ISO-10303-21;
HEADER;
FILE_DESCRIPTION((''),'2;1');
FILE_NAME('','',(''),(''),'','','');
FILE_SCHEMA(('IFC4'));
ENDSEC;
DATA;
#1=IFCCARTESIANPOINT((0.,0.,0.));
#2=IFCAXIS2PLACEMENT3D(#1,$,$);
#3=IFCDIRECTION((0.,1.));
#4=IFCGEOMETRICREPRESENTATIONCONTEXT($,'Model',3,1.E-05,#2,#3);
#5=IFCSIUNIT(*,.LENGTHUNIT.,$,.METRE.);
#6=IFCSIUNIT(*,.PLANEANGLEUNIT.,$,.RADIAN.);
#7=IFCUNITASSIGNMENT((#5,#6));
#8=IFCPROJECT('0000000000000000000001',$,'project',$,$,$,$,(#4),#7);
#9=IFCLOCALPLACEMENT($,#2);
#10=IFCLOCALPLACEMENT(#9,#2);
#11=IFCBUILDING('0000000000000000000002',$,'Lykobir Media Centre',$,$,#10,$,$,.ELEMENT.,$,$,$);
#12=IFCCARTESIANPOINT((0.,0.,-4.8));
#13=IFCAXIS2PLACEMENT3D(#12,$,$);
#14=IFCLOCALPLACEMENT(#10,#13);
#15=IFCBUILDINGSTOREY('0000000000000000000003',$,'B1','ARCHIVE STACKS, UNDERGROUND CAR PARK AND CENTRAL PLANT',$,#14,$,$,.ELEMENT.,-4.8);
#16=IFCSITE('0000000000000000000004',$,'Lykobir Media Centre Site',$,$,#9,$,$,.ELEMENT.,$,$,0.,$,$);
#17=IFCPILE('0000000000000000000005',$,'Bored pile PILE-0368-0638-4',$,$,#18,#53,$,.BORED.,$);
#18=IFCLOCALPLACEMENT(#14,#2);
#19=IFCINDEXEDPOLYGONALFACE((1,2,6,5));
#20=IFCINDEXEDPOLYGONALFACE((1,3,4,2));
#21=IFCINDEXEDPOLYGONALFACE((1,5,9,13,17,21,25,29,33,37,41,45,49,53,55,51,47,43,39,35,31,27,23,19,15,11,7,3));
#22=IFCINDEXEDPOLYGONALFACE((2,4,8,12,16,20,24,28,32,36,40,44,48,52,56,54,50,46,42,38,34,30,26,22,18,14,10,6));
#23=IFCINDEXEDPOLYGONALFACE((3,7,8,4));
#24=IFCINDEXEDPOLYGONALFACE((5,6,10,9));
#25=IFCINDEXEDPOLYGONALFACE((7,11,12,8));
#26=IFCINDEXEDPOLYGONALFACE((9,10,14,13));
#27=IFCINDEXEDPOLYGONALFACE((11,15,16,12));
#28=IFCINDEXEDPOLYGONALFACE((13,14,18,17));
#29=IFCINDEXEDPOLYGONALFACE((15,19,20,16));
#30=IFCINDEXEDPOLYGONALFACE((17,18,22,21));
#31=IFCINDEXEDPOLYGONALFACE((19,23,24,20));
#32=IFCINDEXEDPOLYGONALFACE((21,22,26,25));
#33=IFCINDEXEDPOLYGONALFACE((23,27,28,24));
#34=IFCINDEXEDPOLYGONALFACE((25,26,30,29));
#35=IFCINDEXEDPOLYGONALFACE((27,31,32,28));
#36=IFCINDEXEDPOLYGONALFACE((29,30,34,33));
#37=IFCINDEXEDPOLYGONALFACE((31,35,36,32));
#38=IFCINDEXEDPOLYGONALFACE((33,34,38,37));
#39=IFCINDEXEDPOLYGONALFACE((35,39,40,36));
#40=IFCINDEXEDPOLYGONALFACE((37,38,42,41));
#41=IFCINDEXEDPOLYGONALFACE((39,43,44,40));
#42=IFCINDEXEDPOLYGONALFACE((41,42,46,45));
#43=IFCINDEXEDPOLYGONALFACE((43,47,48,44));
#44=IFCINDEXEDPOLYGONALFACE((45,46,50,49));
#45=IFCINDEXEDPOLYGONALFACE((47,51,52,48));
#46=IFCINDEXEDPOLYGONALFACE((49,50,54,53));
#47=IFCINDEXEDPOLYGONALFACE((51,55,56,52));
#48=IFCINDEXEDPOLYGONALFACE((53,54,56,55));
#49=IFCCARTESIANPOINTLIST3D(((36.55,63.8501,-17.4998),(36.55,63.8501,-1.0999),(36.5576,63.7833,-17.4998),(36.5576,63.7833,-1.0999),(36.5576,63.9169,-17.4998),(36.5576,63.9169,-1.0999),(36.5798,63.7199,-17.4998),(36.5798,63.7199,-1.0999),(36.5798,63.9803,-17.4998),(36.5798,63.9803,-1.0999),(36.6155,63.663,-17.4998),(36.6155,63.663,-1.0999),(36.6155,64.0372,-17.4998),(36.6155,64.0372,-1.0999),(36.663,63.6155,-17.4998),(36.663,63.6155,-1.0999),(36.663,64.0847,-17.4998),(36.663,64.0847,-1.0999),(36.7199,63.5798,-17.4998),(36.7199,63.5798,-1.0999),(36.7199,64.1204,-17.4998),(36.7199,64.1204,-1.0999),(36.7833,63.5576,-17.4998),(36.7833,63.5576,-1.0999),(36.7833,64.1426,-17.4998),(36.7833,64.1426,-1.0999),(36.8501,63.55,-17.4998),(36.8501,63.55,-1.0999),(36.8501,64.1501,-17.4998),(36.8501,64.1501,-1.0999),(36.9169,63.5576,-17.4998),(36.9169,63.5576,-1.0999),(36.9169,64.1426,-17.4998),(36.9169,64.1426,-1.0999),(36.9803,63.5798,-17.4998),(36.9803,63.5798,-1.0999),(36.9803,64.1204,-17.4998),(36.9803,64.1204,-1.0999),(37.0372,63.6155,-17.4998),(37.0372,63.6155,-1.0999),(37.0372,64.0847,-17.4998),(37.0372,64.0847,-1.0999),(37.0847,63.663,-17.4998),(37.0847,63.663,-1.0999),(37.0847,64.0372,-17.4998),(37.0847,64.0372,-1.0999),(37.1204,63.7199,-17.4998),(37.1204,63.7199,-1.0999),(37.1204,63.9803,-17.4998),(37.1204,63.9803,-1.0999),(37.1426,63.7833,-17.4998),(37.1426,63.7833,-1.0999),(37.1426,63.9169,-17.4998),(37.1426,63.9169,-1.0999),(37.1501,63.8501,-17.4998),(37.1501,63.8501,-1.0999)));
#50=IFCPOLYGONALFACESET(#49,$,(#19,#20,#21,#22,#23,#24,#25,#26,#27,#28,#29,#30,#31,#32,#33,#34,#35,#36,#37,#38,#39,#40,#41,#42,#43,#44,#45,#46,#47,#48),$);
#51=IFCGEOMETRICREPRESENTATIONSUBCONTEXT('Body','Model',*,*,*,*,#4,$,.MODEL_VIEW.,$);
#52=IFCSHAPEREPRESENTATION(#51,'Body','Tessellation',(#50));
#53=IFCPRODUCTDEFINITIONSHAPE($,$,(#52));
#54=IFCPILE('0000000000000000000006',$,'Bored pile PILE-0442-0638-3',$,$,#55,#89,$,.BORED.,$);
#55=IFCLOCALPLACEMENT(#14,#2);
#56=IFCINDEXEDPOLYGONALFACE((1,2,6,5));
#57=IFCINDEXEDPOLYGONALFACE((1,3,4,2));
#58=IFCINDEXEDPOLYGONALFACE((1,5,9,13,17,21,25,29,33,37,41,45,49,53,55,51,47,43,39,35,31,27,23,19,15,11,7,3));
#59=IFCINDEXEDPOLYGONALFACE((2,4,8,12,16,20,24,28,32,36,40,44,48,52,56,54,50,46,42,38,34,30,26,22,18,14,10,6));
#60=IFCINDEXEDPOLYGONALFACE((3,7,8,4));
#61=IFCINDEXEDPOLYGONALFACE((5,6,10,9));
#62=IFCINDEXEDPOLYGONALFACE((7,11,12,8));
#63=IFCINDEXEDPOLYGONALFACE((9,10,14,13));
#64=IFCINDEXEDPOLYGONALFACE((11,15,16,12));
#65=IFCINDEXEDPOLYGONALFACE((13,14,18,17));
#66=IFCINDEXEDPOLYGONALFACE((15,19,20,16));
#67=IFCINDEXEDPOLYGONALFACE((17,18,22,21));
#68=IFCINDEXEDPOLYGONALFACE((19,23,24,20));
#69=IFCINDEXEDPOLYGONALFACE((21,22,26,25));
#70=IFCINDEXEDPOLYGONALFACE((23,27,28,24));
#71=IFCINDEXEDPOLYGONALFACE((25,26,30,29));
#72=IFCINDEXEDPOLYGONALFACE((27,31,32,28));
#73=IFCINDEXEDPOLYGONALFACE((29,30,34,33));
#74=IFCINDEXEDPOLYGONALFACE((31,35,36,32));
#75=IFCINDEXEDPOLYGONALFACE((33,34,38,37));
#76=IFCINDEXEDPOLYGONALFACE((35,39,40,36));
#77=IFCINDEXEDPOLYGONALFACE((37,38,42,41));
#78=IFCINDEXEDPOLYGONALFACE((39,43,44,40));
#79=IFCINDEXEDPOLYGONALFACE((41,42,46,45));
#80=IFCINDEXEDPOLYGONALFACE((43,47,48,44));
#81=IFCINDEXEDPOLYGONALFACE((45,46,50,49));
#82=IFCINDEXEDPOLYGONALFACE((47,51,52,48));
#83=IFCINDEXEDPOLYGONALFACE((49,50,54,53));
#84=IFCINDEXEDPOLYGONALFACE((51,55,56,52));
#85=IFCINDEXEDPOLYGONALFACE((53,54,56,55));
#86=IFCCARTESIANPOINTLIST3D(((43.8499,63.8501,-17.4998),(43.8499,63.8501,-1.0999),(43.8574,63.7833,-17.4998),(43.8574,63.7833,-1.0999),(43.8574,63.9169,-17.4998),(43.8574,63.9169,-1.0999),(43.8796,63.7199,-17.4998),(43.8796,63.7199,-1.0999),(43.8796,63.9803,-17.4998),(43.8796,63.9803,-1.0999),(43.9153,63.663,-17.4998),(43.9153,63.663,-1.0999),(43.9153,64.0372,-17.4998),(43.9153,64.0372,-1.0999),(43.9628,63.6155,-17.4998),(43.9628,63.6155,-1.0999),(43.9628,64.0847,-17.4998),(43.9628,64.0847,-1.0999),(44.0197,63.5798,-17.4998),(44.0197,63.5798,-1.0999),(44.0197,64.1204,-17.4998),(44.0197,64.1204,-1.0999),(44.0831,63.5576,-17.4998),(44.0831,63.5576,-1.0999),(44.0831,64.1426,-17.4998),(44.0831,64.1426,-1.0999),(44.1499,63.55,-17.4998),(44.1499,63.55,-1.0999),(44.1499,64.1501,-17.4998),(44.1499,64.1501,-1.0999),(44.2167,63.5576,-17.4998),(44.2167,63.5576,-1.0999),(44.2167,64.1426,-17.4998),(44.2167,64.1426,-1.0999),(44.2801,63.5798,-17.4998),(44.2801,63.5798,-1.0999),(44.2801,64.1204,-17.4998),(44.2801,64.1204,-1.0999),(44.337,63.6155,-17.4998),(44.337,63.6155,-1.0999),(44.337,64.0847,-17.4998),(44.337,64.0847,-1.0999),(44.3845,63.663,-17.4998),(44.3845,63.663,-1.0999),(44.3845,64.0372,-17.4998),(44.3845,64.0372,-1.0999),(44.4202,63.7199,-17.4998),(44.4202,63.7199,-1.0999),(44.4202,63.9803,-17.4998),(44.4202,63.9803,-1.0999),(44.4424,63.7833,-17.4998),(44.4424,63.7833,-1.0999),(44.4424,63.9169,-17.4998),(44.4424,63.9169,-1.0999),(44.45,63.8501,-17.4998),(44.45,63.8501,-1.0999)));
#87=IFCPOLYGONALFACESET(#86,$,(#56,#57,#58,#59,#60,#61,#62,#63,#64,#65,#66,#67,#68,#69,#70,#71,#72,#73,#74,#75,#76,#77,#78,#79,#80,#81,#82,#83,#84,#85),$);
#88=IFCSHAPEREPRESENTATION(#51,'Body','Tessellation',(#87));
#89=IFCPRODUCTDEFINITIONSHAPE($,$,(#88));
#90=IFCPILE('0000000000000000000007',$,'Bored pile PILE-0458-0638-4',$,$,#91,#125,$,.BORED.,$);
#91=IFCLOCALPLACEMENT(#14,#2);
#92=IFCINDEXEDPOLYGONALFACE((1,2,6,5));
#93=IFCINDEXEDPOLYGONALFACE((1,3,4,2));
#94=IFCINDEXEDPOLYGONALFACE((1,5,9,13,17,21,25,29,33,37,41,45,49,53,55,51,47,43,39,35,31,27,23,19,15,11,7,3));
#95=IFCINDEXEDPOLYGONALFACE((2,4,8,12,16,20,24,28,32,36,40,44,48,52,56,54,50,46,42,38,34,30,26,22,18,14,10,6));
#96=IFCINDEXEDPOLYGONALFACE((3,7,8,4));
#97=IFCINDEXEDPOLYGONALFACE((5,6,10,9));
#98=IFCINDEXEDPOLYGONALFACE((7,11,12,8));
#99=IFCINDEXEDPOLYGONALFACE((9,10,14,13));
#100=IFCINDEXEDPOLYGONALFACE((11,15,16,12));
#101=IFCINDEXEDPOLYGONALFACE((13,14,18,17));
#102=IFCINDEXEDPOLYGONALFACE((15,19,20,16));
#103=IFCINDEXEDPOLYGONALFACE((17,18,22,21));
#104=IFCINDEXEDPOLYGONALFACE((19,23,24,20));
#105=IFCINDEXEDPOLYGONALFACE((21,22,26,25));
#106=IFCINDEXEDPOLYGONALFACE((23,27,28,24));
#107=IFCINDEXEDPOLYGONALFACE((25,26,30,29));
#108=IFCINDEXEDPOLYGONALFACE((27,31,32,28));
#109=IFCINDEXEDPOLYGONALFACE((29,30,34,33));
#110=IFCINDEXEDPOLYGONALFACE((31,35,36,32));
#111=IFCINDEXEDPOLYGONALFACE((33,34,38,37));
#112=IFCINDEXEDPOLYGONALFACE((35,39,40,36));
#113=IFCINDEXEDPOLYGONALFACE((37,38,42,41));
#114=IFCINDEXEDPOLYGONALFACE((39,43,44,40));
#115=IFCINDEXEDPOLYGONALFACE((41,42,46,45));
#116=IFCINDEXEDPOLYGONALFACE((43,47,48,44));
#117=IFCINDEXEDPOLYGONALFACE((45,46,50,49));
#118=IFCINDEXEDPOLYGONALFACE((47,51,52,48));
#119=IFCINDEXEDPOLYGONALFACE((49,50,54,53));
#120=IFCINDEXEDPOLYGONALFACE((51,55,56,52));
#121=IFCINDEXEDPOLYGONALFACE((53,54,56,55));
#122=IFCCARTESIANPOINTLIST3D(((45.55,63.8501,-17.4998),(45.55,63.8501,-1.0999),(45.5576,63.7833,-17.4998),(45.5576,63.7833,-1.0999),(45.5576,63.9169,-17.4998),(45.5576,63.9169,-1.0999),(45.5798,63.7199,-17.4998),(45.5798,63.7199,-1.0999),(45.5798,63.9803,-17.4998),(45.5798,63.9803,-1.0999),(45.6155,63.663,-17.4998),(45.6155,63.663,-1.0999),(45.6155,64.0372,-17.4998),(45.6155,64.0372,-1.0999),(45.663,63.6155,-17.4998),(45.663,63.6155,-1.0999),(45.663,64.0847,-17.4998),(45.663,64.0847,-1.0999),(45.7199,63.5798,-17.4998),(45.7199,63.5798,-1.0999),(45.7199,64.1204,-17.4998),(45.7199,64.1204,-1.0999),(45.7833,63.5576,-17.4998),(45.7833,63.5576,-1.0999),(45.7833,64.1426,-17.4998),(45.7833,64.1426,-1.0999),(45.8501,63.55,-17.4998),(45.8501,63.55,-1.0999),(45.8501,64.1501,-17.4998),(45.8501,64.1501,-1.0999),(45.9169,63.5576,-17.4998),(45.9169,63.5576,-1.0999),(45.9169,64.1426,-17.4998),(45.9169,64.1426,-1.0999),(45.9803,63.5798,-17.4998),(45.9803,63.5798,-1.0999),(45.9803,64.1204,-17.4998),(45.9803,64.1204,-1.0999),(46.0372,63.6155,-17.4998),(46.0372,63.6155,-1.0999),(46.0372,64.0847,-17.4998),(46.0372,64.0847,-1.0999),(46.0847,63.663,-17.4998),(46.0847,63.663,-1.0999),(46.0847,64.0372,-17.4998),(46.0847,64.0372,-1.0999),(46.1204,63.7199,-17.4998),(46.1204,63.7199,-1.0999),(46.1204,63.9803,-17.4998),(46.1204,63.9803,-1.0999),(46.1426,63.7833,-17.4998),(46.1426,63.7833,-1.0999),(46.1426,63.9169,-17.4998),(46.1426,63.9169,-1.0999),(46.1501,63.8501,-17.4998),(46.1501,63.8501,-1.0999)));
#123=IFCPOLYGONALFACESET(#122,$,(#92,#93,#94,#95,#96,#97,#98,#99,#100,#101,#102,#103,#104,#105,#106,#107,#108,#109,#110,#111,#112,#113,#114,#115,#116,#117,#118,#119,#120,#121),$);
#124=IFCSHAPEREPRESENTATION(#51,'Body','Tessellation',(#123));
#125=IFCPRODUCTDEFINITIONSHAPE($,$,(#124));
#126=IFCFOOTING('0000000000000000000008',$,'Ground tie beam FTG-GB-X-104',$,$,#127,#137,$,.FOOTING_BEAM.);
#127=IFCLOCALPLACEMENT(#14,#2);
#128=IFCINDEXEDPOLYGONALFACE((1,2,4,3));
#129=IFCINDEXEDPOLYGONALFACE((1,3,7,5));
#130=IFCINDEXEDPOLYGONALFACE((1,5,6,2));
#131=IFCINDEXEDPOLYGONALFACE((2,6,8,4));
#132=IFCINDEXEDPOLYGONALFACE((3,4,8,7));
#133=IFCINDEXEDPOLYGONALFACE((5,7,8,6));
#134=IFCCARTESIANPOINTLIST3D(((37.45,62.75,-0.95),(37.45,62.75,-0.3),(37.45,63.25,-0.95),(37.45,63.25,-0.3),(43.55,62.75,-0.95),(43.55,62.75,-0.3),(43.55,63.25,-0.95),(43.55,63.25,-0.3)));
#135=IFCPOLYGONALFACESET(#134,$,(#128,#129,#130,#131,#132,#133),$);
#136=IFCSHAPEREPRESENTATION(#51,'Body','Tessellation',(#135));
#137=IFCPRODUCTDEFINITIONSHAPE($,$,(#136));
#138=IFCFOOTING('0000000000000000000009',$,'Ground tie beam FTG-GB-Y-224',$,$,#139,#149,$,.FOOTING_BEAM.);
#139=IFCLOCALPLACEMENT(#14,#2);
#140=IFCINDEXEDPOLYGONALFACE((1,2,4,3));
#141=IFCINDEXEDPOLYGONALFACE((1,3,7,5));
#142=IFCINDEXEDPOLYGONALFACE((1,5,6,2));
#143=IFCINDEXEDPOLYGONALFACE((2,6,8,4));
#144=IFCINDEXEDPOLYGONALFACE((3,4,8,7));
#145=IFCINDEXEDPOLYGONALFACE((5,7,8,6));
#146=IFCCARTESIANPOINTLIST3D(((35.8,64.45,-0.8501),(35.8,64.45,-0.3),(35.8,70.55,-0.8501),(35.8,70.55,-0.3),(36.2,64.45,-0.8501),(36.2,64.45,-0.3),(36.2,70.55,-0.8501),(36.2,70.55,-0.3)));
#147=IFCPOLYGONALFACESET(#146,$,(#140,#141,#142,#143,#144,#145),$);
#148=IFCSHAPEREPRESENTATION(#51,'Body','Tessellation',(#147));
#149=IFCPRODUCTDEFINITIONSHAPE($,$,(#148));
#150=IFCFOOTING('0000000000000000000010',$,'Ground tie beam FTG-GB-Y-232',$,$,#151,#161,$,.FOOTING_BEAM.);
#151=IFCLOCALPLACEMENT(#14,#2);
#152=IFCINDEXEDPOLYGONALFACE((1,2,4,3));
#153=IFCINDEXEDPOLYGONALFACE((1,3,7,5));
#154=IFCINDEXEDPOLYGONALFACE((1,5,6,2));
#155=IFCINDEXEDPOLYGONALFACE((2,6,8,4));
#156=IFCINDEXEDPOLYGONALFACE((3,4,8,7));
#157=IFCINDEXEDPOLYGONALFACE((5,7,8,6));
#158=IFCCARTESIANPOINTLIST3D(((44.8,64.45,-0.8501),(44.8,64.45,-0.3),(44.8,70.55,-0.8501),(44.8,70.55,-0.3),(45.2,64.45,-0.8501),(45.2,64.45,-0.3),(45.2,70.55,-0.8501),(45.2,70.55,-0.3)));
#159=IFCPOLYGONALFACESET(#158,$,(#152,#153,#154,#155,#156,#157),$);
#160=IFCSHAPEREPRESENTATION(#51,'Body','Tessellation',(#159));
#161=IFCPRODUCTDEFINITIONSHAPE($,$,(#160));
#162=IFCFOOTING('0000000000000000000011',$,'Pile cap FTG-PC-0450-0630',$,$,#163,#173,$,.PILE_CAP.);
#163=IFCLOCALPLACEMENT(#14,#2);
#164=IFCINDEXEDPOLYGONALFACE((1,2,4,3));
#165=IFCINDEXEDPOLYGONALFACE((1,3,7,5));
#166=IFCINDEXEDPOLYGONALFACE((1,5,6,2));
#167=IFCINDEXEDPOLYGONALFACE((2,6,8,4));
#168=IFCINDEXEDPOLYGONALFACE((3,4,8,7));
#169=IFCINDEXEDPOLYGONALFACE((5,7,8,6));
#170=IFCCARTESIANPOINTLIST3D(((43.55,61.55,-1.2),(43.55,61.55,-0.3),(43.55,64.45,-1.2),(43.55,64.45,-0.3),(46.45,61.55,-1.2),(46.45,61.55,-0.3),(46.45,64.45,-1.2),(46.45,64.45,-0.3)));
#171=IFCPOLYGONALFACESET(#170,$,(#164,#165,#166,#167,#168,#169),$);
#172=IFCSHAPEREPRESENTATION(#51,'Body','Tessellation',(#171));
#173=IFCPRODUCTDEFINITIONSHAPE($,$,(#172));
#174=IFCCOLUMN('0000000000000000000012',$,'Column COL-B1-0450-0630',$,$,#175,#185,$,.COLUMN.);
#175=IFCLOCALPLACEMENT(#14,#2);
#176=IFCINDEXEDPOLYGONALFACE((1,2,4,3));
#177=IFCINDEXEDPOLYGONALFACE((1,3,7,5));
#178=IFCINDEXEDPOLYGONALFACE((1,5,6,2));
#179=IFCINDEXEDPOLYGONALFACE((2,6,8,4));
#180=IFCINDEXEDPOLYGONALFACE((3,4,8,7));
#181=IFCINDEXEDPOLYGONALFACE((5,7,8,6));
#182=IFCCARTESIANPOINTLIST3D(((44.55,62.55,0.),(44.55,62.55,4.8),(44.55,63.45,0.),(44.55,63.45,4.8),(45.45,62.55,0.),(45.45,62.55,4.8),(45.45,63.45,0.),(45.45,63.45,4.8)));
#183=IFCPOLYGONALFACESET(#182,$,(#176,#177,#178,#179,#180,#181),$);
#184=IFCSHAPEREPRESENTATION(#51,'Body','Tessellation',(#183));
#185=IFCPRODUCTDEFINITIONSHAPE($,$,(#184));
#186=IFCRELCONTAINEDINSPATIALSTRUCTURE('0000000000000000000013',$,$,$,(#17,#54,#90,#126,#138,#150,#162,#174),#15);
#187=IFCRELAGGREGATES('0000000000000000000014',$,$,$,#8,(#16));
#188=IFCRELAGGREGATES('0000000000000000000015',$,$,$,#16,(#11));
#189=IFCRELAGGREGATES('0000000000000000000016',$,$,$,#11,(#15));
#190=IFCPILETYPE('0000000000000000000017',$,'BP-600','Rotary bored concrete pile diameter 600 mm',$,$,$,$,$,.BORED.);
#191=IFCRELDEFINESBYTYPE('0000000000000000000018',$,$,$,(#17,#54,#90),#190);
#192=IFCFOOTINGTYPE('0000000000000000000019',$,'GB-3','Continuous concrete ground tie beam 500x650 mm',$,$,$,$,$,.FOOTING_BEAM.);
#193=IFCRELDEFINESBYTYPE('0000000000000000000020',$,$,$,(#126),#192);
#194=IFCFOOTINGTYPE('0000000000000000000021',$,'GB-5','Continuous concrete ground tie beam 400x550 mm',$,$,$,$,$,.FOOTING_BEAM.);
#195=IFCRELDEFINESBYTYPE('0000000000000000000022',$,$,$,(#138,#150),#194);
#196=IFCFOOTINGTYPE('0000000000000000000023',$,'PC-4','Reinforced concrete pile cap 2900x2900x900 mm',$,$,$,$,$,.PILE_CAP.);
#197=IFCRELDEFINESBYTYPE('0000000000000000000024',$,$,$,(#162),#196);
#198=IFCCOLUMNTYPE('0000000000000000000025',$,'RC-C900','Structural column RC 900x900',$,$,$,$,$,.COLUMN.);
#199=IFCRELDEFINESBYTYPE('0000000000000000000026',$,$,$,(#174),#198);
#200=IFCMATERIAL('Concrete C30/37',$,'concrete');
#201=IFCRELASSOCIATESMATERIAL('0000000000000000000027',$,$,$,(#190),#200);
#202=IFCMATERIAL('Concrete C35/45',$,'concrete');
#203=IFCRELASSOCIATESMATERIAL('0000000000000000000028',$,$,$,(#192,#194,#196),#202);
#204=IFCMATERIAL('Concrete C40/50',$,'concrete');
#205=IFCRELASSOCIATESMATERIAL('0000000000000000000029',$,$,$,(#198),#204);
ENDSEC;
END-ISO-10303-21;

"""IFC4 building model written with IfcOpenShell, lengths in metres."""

from ifc_helpers import new_model, si_unit, direction, frame, origin, origin_2d, place, context, subcontext, project, spatial, rectangle, circle, extrude, material, material_profile, profile_set, type_object, element, save


model = new_model("IFC4")

# Units and contexts
model_context = context("Model", 3, precision=1e-05, world=origin(), true_north=direction((0.0, 1.0)))
body_context = subcontext(model_context, "Body", "Model", "MODEL_VIEW")
ifc_project = project(units=[si_unit("LENGTHUNIT", "METRE"), si_unit("PLANEANGLEUNIT", "RADIAN")], contexts=[model_context])

# Site, building, storey
site_placement = place(None, origin())
site = spatial("IfcSite", under=ifc_project, at=site_placement, Name="Lykobir Media Centre Site", CompositionType="ELEMENT", RefElevation=0.0)
building_placement = place(site_placement, origin())
building = spatial("IfcBuilding", under=site, at=building_placement, Name="Lykobir Media Centre", CompositionType="ELEMENT")
storey_placement = place(building_placement, frame((0.0, 0.0, -4.8)))
storey = spatial("IfcBuildingStorey", under=building, at=storey_placement, Name="B1", Description="ARCHIVE STACKS, UNDERGROUND CAR PARK AND CENTRAL PLANT", CompositionType="ELEMENT", Elevation=-4.8)

# Piles
ifc_material_1 = material(Name="Concrete C30/37", Category="concrete")
ifc_material_profile_1 = material_profile(ifc_material_1, circle(Radius=0.3, at=origin_2d()), Name="BORED PILE D600")
ifc_profile_set_1 = profile_set([ifc_material_profile_1], Name="Concrete C30/37")
pile_type = type_object("IfcPileType", Name="BP-600", Description="Rotary bored concrete pile diameter 600 mm", PredefinedType="BORED", material=ifc_profile_set_1)
for number, where, z_axis, x_axis, name in (
    (1, (36.8501, 63.8501, -1.0999), (0.0, 0.0, -1.0), (1.0, 0.0, 0.0), "Bored pile PILE-0368-0638-4"),
    (2, (44.1499, 63.8501, -1.0999), (0.0, 0.0, -1.0), (1.0, 0.0, 0.0), "Bored pile PILE-0442-0638-3"),
    (3, (45.8501, 63.8501, -1.0999), (0.0, 0.0, -1.0), (1.0, 0.0, 0.0), "Bored pile PILE-0458-0638-4"),
):
    element("IfcPile", number, at=place(storey_placement, frame(where, z_axis=z_axis, x_axis=x_axis)), inside=storey, type_object=pile_type, Name=name, PredefinedType="BORED", context=body_context, shape_type="SweptSolid", body=[
        extrude(circle(Radius=0.3, at=origin_2d()), origin(), (0.0, 0.0, 1.0), 16.3999),
    ])

# Footings
ifc_material_2 = material(Name="Concrete C35/45", Category="concrete")
footing_type_1 = type_object("IfcFootingType", Name="GB-3", Description="Continuous concrete ground tie beam 500x650 mm", PredefinedType="FOOTING_BEAM", material=ifc_material_2)
footing_1_placement = place(storey_placement, frame((40.5, 63.0, -0.95), z_axis=(0.0, 0.0, 1.0), x_axis=(1.0, 0.0, 0.0)))
element("IfcFooting", 4, at=footing_1_placement, inside=storey, type_object=footing_type_1, Name="Ground tie beam FTG-GB-X-104", PredefinedType="FOOTING_BEAM", context=body_context, shape_type="SweptSolid", body=[
    extrude(rectangle(XDim=6.1001, YDim=0.5, at=origin_2d()), origin(), (0.0, 0.0, 1.0), 0.6499),
])
footing_type_2 = type_object("IfcFootingType", Name="GB-5", Description="Continuous concrete ground tie beam 400x550 mm", PredefinedType="FOOTING_BEAM", material=ifc_material_2)
for number, where, z_axis, x_axis, name in (
    (5, (36.0, 67.5, -0.8501), (0.0, 0.0, 1.0), (0.0, 1.0, 0.0), "Ground tie beam FTG-GB-Y-224"),
    (6, (45.0, 67.5, -0.8501), (0.0, 0.0, 1.0), (0.0, 1.0, 0.0), "Ground tie beam FTG-GB-Y-232"),
):
    element("IfcFooting", number, at=place(storey_placement, frame(where, z_axis=z_axis, x_axis=x_axis)), inside=storey, type_object=footing_type_2, Name=name, PredefinedType="FOOTING_BEAM", context=body_context, shape_type="SweptSolid", body=[
        extrude(rectangle(XDim=6.1001, YDim=0.3999, at=origin_2d()), origin(), (0.0, 0.0, 1.0), 0.55),
    ])
footing_type_3 = type_object("IfcFootingType", Name="PC-4", Description="Reinforced concrete pile cap 2900x2900x900 mm", PredefinedType="PILE_CAP", material=ifc_material_2)
footing_2_placement = place(storey_placement, frame((45.0, 63.0, -1.2), z_axis=(0.0, 0.0, 1.0), x_axis=(1.0, 0.0, 0.0)))
element("IfcFooting", 7, at=footing_2_placement, inside=storey, type_object=footing_type_3, Name="Pile cap FTG-PC-0450-0630", PredefinedType="PILE_CAP", context=body_context, shape_type="SweptSolid", body=[
    extrude(rectangle(XDim=2.8999, YDim=2.8999, at=origin_2d()), origin(), (0.0, 0.0, 1.0), 0.8999),
])

# Column
ifc_material_3 = material(Name="Concrete C40/50", Category="concrete")
ifc_material_profile_2 = material_profile(ifc_material_3, rectangle(XDim=0.8999, YDim=0.8999, at=origin_2d()), Name="RC 900x900")
ifc_profile_set_2 = profile_set([ifc_material_profile_2], Name="Concrete C40/50")
column_type = type_object("IfcColumnType", Name="RC-C900", Description="Structural column RC 900x900", PredefinedType="COLUMN", material=ifc_profile_set_2)
column_placement = place(storey_placement, frame((45.0, 63.0, 0.0), z_axis=(0.0, 0.0, 1.0), x_axis=(1.0, 0.0, 0.0)))
element("IfcColumn", 8, at=column_placement, inside=storey, type_object=column_type, Name="Column COL-B1-0450-0630", PredefinedType="COLUMN", context=body_context, shape_type="SweptSolid", body=[
    extrude(rectangle(XDim=0.8999, YDim=0.8999, at=origin_2d()), origin(), (0.0, 0.0, 1.0), 4.8),
])

save(model, "model.ifc")
